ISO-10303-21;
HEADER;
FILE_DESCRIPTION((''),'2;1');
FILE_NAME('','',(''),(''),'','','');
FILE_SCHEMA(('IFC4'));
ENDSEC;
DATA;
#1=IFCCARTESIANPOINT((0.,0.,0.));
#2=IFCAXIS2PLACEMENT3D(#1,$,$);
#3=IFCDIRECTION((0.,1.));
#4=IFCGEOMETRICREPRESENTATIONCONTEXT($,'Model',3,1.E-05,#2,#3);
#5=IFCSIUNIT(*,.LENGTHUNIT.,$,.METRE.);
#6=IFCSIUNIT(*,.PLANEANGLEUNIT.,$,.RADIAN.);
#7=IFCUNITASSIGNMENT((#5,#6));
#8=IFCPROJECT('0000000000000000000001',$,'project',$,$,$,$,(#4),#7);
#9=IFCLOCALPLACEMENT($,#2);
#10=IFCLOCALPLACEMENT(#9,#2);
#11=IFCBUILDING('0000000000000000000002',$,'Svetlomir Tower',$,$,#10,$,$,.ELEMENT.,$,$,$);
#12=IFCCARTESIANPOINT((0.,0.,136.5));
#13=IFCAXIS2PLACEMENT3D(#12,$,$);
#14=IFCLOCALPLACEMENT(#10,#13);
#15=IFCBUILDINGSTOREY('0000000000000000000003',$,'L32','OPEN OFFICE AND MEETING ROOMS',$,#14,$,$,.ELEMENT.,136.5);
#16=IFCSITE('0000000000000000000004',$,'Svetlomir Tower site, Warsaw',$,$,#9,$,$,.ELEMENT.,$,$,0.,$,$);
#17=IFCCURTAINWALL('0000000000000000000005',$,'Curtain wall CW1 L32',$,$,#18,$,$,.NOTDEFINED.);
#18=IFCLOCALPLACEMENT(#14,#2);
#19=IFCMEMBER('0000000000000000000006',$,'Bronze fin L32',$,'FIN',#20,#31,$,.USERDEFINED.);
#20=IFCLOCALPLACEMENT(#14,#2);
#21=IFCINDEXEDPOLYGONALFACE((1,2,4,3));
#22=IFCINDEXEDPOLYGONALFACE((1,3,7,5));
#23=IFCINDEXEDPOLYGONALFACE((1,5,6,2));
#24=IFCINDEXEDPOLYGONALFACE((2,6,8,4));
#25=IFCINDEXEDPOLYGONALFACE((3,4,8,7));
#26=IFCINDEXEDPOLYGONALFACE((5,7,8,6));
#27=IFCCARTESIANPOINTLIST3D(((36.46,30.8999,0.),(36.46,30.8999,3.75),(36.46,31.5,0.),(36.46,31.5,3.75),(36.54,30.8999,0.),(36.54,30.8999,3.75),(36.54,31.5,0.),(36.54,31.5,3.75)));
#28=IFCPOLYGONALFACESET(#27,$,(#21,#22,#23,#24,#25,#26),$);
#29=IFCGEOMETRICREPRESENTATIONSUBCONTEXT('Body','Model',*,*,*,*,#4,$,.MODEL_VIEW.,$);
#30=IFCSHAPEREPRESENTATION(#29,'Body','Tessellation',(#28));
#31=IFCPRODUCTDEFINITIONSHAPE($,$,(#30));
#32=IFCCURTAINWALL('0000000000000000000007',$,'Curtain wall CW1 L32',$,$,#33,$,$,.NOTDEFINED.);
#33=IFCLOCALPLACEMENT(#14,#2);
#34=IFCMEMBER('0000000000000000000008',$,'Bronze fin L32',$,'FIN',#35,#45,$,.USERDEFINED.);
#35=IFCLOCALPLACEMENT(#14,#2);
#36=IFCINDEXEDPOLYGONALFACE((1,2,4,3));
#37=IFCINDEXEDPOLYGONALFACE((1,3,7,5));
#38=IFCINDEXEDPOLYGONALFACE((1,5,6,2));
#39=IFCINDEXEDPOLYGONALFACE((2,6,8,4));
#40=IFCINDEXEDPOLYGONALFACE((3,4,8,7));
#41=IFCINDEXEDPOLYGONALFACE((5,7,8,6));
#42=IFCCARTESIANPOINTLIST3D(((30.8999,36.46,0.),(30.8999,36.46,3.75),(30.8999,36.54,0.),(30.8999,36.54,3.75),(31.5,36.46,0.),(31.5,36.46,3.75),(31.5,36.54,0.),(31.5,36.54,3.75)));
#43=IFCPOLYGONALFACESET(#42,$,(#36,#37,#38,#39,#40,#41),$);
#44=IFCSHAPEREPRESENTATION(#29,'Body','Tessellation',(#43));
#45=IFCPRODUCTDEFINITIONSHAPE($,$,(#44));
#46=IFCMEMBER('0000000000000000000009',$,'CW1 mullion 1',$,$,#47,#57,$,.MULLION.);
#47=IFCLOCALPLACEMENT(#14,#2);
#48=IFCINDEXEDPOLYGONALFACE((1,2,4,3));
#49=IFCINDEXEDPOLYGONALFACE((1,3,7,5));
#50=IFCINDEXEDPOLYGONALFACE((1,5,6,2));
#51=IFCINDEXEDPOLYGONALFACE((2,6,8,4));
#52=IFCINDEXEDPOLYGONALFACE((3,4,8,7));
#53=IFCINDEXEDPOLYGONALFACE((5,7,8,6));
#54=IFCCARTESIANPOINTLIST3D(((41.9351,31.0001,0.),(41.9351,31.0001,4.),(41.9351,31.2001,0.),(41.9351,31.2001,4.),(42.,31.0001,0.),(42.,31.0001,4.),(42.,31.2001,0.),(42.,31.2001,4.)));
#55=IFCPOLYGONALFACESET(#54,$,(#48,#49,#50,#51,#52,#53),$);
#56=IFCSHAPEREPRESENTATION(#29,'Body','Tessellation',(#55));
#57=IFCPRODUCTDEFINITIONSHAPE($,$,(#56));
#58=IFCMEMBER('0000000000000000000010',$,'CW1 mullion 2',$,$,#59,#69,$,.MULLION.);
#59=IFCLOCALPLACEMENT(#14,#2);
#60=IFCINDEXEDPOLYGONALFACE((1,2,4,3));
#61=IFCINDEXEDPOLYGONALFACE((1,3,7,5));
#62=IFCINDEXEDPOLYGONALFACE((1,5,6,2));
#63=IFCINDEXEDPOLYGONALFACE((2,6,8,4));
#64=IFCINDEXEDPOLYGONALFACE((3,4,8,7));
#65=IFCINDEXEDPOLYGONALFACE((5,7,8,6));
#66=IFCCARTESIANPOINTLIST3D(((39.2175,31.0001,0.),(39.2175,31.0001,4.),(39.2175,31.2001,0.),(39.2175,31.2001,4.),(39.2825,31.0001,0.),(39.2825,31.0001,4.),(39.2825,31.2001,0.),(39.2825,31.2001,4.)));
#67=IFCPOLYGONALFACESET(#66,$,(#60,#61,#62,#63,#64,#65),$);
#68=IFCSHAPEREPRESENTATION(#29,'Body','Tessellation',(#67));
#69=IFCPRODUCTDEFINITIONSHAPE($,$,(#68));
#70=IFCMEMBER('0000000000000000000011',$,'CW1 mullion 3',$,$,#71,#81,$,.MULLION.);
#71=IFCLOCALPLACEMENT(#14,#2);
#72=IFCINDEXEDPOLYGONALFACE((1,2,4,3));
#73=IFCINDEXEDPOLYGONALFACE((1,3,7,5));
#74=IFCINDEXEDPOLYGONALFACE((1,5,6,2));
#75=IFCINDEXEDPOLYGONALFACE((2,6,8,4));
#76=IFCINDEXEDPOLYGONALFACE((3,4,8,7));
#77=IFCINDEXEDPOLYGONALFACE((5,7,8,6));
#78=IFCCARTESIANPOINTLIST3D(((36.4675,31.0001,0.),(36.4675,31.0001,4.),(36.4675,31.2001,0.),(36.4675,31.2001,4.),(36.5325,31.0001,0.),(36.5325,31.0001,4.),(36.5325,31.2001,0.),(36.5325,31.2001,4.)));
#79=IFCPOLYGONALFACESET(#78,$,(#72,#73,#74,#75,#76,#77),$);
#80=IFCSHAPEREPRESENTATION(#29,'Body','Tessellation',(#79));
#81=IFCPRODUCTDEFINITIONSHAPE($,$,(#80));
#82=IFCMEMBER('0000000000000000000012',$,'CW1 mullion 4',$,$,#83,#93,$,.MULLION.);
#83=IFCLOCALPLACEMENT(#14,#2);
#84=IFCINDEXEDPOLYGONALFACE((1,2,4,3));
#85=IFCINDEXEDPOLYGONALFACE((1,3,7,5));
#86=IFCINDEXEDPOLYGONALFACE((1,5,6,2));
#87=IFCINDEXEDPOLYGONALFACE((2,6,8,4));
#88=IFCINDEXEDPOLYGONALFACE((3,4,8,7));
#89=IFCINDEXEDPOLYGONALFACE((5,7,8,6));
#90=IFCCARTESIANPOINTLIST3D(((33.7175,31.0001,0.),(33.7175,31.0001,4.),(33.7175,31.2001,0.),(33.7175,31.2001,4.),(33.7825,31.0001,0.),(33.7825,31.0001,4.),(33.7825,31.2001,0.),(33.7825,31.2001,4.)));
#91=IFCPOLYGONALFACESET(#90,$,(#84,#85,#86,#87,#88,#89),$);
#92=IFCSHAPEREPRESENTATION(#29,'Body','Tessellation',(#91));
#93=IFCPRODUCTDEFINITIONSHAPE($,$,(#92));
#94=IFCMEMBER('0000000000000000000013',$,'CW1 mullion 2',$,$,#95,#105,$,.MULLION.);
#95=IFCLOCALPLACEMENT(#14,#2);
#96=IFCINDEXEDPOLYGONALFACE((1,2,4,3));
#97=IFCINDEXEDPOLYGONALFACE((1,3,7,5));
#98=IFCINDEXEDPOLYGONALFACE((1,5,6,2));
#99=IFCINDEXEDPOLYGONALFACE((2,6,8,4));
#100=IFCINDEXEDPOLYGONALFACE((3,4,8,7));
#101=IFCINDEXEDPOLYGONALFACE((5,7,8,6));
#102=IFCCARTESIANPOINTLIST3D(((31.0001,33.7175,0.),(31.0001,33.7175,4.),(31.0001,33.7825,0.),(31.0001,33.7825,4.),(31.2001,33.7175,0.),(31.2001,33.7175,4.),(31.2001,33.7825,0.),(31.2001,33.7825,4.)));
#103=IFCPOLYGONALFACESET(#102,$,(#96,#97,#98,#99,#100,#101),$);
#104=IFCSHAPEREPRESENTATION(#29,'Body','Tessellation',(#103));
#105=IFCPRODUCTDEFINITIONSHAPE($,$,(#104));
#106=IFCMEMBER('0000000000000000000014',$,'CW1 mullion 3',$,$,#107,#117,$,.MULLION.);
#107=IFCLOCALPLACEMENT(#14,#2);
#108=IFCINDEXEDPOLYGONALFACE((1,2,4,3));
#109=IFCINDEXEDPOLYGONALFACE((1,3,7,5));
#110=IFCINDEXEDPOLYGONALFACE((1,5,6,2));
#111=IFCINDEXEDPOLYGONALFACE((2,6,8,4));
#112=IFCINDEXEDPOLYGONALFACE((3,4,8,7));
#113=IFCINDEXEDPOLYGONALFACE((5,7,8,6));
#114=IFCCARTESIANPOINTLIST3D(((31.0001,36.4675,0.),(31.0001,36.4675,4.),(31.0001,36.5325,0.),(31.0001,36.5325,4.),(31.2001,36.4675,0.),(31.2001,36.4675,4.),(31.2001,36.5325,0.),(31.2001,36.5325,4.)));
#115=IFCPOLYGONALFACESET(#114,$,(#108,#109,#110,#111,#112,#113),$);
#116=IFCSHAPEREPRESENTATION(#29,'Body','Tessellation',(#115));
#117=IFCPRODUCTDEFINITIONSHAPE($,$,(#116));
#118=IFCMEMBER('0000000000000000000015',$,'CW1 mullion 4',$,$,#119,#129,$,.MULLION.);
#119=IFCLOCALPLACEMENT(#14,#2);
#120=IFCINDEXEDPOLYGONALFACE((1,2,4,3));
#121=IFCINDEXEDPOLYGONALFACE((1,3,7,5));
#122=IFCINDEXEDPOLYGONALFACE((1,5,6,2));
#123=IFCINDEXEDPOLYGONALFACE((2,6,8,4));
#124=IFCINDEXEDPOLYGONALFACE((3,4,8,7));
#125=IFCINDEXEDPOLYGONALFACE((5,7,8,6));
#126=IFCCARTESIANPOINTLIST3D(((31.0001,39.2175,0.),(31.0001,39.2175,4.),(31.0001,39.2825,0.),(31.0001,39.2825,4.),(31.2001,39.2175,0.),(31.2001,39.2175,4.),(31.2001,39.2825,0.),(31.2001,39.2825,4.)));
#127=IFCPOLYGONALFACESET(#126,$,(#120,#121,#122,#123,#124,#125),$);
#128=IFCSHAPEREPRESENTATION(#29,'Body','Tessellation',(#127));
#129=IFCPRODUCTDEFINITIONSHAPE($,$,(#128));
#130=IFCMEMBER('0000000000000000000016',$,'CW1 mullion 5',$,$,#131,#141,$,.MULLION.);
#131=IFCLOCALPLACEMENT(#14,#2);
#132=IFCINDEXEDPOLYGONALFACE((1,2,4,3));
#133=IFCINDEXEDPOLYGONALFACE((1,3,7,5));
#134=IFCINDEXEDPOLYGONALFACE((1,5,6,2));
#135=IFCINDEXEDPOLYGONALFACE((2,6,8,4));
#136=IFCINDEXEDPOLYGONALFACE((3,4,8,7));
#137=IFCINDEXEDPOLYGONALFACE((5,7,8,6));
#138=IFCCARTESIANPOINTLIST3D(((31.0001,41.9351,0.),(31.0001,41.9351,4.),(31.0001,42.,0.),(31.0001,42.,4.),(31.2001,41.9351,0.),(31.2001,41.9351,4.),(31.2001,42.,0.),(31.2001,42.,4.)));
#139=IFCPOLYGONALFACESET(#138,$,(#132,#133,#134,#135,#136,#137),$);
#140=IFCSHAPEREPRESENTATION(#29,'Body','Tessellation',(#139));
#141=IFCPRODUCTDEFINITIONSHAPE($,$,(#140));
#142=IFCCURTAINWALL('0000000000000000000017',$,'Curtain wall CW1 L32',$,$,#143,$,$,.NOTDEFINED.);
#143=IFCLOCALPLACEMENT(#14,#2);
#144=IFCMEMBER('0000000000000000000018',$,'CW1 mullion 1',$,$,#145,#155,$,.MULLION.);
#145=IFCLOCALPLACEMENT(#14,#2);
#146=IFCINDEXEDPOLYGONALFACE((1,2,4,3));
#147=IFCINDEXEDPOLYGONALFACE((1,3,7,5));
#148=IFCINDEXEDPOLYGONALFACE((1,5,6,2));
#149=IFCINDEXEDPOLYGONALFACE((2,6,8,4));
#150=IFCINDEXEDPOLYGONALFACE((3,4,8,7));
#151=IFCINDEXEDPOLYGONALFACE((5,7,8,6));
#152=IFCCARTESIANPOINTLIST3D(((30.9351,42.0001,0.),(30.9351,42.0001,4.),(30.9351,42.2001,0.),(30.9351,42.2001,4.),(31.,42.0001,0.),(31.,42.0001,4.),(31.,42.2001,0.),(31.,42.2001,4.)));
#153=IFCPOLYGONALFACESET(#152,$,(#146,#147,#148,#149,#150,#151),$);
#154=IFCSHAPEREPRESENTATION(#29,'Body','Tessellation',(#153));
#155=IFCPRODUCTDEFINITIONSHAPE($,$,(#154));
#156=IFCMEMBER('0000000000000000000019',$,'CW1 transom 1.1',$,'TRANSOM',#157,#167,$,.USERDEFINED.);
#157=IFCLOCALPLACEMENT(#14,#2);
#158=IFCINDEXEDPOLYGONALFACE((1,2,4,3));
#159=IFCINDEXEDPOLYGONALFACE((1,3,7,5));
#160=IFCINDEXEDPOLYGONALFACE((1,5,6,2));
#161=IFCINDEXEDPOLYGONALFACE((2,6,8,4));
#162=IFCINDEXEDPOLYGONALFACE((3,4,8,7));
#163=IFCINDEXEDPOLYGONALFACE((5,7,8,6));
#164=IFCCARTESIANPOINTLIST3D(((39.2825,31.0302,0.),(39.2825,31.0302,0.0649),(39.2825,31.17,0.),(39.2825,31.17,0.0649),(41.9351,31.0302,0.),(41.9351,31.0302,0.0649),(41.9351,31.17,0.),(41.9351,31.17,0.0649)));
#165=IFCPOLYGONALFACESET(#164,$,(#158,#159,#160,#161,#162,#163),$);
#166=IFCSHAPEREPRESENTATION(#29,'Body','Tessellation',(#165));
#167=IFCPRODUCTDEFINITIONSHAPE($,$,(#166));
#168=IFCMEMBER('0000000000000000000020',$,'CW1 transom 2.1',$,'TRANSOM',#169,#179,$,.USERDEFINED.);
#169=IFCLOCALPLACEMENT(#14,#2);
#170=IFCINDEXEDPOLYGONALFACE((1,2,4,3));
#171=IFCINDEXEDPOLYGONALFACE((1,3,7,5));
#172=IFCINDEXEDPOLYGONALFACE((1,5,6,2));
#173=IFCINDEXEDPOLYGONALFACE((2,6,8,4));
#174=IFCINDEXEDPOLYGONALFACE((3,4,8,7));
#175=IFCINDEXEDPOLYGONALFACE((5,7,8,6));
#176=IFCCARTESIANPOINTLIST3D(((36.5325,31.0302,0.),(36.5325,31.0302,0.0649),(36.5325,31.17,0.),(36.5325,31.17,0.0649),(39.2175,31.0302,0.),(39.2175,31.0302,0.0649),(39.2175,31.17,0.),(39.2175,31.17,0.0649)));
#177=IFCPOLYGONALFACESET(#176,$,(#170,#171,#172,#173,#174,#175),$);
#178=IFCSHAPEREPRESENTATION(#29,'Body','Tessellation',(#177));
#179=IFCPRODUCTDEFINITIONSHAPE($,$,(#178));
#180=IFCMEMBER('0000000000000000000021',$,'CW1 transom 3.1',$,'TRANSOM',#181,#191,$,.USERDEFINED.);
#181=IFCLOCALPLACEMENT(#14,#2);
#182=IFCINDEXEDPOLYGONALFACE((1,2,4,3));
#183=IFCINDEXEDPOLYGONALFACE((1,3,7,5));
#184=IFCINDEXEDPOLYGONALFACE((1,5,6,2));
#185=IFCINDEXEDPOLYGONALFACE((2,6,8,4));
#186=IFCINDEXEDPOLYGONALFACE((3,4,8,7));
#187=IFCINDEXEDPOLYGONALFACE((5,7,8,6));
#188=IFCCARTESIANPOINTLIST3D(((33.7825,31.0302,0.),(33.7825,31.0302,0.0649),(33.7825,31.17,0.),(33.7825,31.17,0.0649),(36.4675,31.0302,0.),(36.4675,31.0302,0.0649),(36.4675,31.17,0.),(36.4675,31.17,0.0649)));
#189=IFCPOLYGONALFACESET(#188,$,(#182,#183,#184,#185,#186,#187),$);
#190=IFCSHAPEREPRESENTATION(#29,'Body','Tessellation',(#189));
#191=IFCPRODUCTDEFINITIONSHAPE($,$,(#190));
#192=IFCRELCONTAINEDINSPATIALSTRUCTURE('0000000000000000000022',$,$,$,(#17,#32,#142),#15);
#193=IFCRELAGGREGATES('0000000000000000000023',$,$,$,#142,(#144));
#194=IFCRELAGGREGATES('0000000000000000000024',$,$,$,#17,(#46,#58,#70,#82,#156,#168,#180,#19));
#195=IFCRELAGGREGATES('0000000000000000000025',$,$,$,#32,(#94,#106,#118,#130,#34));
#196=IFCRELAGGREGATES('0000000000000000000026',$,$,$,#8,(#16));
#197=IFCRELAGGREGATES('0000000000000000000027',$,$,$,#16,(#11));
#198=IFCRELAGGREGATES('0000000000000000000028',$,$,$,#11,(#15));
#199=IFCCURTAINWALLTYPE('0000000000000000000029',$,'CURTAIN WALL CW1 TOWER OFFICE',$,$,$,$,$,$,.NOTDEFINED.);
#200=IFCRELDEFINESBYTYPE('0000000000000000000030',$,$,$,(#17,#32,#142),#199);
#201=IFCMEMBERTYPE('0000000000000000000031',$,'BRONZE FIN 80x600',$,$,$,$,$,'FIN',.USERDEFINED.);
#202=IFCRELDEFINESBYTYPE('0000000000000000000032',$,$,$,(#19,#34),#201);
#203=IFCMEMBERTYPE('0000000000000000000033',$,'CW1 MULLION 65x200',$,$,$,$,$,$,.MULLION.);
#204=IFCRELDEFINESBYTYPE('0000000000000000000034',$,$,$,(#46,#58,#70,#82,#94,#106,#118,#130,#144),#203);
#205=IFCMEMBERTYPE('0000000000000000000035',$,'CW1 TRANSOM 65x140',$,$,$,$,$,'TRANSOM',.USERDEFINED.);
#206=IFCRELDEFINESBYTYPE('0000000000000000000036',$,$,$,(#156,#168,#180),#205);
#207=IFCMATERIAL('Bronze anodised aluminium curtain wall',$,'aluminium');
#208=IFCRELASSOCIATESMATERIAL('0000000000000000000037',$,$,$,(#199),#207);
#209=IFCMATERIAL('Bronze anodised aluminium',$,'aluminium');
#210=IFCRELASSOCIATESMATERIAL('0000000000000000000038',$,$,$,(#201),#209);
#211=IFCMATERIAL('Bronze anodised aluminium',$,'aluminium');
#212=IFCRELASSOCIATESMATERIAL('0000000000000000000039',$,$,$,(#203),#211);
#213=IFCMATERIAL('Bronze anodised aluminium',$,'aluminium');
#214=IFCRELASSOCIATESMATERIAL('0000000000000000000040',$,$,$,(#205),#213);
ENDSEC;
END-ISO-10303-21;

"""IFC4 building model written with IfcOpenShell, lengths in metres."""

from ifc_helpers import new_model, si_unit, direction, frame, origin, origin_2d, place, context, subcontext, project, spatial, rectangle, extrude, material, material_profile, profile_set, type_object, element, aggregate, save


model = new_model("IFC4")

# Units and contexts
model_context = context("Model", 3, precision=1e-05, world=origin(), true_north=direction((0.0, 1.0)))
body_context = subcontext(model_context, "Body", "Model", "MODEL_VIEW")
ifc_project = project(units=[si_unit("LENGTHUNIT", "METRE"), si_unit("PLANEANGLEUNIT", "RADIAN")], contexts=[model_context])

# Site, building, storey
site_placement = place(None, origin())
site = spatial("IfcSite", under=ifc_project, at=site_placement, Name="Svetlomir Tower site, Warsaw", CompositionType="ELEMENT", RefElevation=0.0)
building_placement = place(site_placement, origin())
building = spatial("IfcBuilding", under=site, at=building_placement, Name="Svetlomir Tower", CompositionType="ELEMENT")
storey_placement = place(building_placement, frame((0.0, 0.0, 136.5)))
storey = spatial("IfcBuildingStorey", under=building, at=storey_placement, Name="L32", Description="OPEN OFFICE AND MEETING ROOMS", CompositionType="ELEMENT", Elevation=136.5)

# Curtain walls, members
ifc_material_1 = material(Name="Bronze anodised aluminium curtain wall", Category="aluminium")
curtain_wall_type = type_object("IfcCurtainWallType", Name="CURTAIN WALL CW1 TOWER OFFICE", PredefinedType="NOTDEFINED", material=ifc_material_1)
curtain_wall_1_placement = place(storey_placement, origin())
curtain_wall_1 = element("IfcCurtainWall", 1, at=curtain_wall_1_placement, inside=storey, type_object=curtain_wall_type, Name="Curtain wall CW1 L32", PredefinedType="NOTDEFINED")
ifc_material_2 = material(Name="Bronze anodised aluminium", Category="aluminium")
ifc_material_profile_1 = material_profile(ifc_material_2, rectangle(XDim=0.0801, YDim=0.6001, at=origin_2d()), Name="FIN 80x600")
ifc_profile_set_1 = profile_set([ifc_material_profile_1], Name="Bronze anodised aluminium 6063-T6")
member_type_1 = type_object("IfcMemberType", Name="BRONZE FIN 80x600", ElementType="FIN", PredefinedType="USERDEFINED", material=ifc_profile_set_1)
member_1_placement = place(storey_placement, frame((36.5, 31.2, 0.0), z_axis=(0.0, 0.0, 1.0), x_axis=(1.0, 0.0, 0.0)))
member_1 = element("IfcMember", 2, at=member_1_placement, type_object=member_type_1, Name="Bronze fin L32", ObjectType="FIN", PredefinedType="USERDEFINED", context=body_context, shape_type="SweptSolid", body=[
    extrude(rectangle(XDim=0.0801, YDim=0.6001, at=origin_2d()), origin(), (0.0, 0.0, 1.0), 3.75),
])
curtain_wall_2_placement = place(storey_placement, origin())
curtain_wall_2 = element("IfcCurtainWall", 3, at=curtain_wall_2_placement, inside=storey, type_object=curtain_wall_type, Name="Curtain wall CW1 L32", PredefinedType="NOTDEFINED")
member_2_placement = place(storey_placement, frame((31.2, 36.5, 0.0), z_axis=(0.0, 0.0, 1.0), x_axis=(0.0, 1.0, 0.0)))
member_2 = element("IfcMember", 4, at=member_2_placement, type_object=member_type_1, Name="Bronze fin L32", ObjectType="FIN", PredefinedType="USERDEFINED", context=body_context, shape_type="SweptSolid", body=[
    extrude(rectangle(XDim=0.0801, YDim=0.6001, at=origin_2d()), origin(), (0.0, 0.0, 1.0), 3.75),
])

# Members
ifc_material_3 = material(Name="Bronze anodised aluminium", Category="aluminium")
ifc_material_profile_2 = material_profile(ifc_material_3, rectangle(XDim=0.0649, YDim=0.2, at=origin_2d()), Name="AL 65x200")
ifc_profile_set_2 = profile_set([ifc_material_profile_2], Name="Bronze anodised aluminium 6063-T6")
member_type_2 = type_object("IfcMemberType", Name="CW1 MULLION 65x200", PredefinedType="MULLION", material=ifc_profile_set_2)
member_3_placement = place(storey_placement, frame((41.9675, 31.1001, 0.0), z_axis=(0.0, 0.0, 1.0), x_axis=(-1.0, 0.0, 0.0)))
member_3 = element("IfcMember", 5, at=member_3_placement, type_object=member_type_2, Name="CW1 mullion 1", PredefinedType="MULLION", context=body_context, shape_type="SweptSolid", body=[
    extrude(rectangle(XDim=0.0649, YDim=0.2, at=origin_2d()), origin(), (0.0, 0.0, 1.0), 4.0),
])
member_4_placement = place(storey_placement, frame((39.25, 31.1001, 0.0), z_axis=(0.0, 0.0, 1.0), x_axis=(-1.0, 0.0, 0.0)))
member_4 = element("IfcMember", 6, at=member_4_placement, type_object=member_type_2, Name="CW1 mullion 2", PredefinedType="MULLION", context=body_context, shape_type="SweptSolid", body=[
    extrude(rectangle(XDim=0.0649, YDim=0.2, at=origin_2d()), origin(), (0.0, 0.0, 1.0), 4.0),
])
member_5_placement = place(storey_placement, frame((36.5, 31.1001, 0.0), z_axis=(0.0, 0.0, 1.0), x_axis=(-1.0, 0.0, 0.0)))
member_5 = element("IfcMember", 7, at=member_5_placement, type_object=member_type_2, Name="CW1 mullion 3", PredefinedType="MULLION", context=body_context, shape_type="SweptSolid", body=[
    extrude(rectangle(XDim=0.0649, YDim=0.2, at=origin_2d()), origin(), (0.0, 0.0, 1.0), 4.0),
])
member_6_placement = place(storey_placement, frame((33.75, 31.1001, 0.0), z_axis=(0.0, 0.0, 1.0), x_axis=(-1.0, 0.0, 0.0)))
member_6 = element("IfcMember", 8, at=member_6_placement, type_object=member_type_2, Name="CW1 mullion 4", PredefinedType="MULLION", context=body_context, shape_type="SweptSolid", body=[
    extrude(rectangle(XDim=0.0649, YDim=0.2, at=origin_2d()), origin(), (0.0, 0.0, 1.0), 4.0),
])
member_7_placement = place(storey_placement, frame((31.1001, 33.75, 0.0), z_axis=(0.0, 0.0, 1.0), x_axis=(0.0, 1.0, 0.0)))
member_7 = element("IfcMember", 9, at=member_7_placement, type_object=member_type_2, Name="CW1 mullion 2", PredefinedType="MULLION", context=body_context, shape_type="SweptSolid", body=[
    extrude(rectangle(XDim=0.0649, YDim=0.2, at=origin_2d()), origin(), (0.0, 0.0, 1.0), 4.0),
])
member_8_placement = place(storey_placement, frame((31.1001, 36.5, 0.0), z_axis=(0.0, 0.0, 1.0), x_axis=(0.0, 1.0, 0.0)))
member_8 = element("IfcMember", 10, at=member_8_placement, type_object=member_type_2, Name="CW1 mullion 3", PredefinedType="MULLION", context=body_context, shape_type="SweptSolid", body=[
    extrude(rectangle(XDim=0.0649, YDim=0.2, at=origin_2d()), origin(), (0.0, 0.0, 1.0), 4.0),
])
member_9_placement = place(storey_placement, frame((31.1001, 39.25, 0.0), z_axis=(0.0, 0.0, 1.0), x_axis=(0.0, 1.0, 0.0)))
member_9 = element("IfcMember", 11, at=member_9_placement, type_object=member_type_2, Name="CW1 mullion 4", PredefinedType="MULLION", context=body_context, shape_type="SweptSolid", body=[
    extrude(rectangle(XDim=0.0649, YDim=0.2, at=origin_2d()), origin(), (0.0, 0.0, 1.0), 4.0),
])
member_10_placement = place(storey_placement, frame((31.1001, 41.9675, 0.0), z_axis=(0.0, 0.0, 1.0), x_axis=(0.0, 1.0, 0.0)))
member_10 = element("IfcMember", 12, at=member_10_placement, type_object=member_type_2, Name="CW1 mullion 5", PredefinedType="MULLION", context=body_context, shape_type="SweptSolid", body=[
    extrude(rectangle(XDim=0.0649, YDim=0.2, at=origin_2d()), origin(), (0.0, 0.0, 1.0), 4.0),
])

# Curtain wall, member
curtain_wall_3_placement = place(storey_placement, origin())
curtain_wall_3 = element("IfcCurtainWall", 13, at=curtain_wall_3_placement, inside=storey, type_object=curtain_wall_type, Name="Curtain wall CW1 L32", PredefinedType="NOTDEFINED")
member_11_placement = place(storey_placement, frame((30.9675, 42.1001, 0.0), z_axis=(0.0, 0.0, 1.0), x_axis=(-1.0, 0.0, 0.0)))
member_11 = element("IfcMember", 14, at=member_11_placement, type_object=member_type_2, Name="CW1 mullion 1", PredefinedType="MULLION", context=body_context, shape_type="SweptSolid", body=[
    extrude(rectangle(XDim=0.0649, YDim=0.2, at=origin_2d()), origin(), (0.0, 0.0, 1.0), 4.0),
])

# Members
ifc_material_4 = material(Name="Bronze anodised aluminium", Category="aluminium")
ifc_material_profile_3 = material_profile(ifc_material_4, rectangle(XDim=0.1399, YDim=0.0649, at=origin_2d()), Name="AL 140x65")
ifc_profile_set_3 = profile_set([ifc_material_profile_3], Name="Bronze anodised aluminium 6063-T6")
member_type_3 = type_object("IfcMemberType", Name="CW1 TRANSOM 65x140", ElementType="TRANSOM", PredefinedType="USERDEFINED", material=ifc_profile_set_3)
member_12_placement = place(storey_placement, frame((41.9351, 31.1001, 0.0325), z_axis=(-1.0, 0.0, 0.0), x_axis=(0.0, -1.0, 0.0)))
member_12 = element("IfcMember", 15, at=member_12_placement, type_object=member_type_3, Name="CW1 transom 1.1", ObjectType="TRANSOM", PredefinedType="USERDEFINED", context=body_context, shape_type="SweptSolid", body=[
    extrude(rectangle(XDim=0.1399, YDim=0.0649, at=origin_2d()), origin(), (0.0, 0.0, 1.0), 2.6526),
])
member_13_placement = place(storey_placement, frame((39.2175, 31.1001, 0.0325), z_axis=(-1.0, 0.0, 0.0), x_axis=(0.0, -1.0, 0.0)))
member_13 = element("IfcMember", 16, at=member_13_placement, type_object=member_type_3, Name="CW1 transom 2.1", ObjectType="TRANSOM", PredefinedType="USERDEFINED", context=body_context, shape_type="SweptSolid", body=[
    extrude(rectangle(XDim=0.1399, YDim=0.0649, at=origin_2d()), origin(), (0.0, 0.0, 1.0), 2.6851),
])
member_14_placement = place(storey_placement, frame((36.4675, 31.1001, 0.0325), z_axis=(-1.0, 0.0, 0.0), x_axis=(0.0, -1.0, 0.0)))
member_14 = element("IfcMember", 17, at=member_14_placement, type_object=member_type_3, Name="CW1 transom 3.1", ObjectType="TRANSOM", PredefinedType="USERDEFINED", context=body_context, shape_type="SweptSolid", body=[
    extrude(rectangle(XDim=0.1399, YDim=0.0649, at=origin_2d()), origin(), (0.0, 0.0, 1.0), 2.6851),
])
aggregate(curtain_wall_3, [member_11])

aggregate(curtain_wall_1, [member_3, member_4, member_5, member_6, member_12, member_13, member_14, member_1])
aggregate(curtain_wall_2, [member_7, member_8, member_9, member_10, member_2])

save(model, "model.ifc")
